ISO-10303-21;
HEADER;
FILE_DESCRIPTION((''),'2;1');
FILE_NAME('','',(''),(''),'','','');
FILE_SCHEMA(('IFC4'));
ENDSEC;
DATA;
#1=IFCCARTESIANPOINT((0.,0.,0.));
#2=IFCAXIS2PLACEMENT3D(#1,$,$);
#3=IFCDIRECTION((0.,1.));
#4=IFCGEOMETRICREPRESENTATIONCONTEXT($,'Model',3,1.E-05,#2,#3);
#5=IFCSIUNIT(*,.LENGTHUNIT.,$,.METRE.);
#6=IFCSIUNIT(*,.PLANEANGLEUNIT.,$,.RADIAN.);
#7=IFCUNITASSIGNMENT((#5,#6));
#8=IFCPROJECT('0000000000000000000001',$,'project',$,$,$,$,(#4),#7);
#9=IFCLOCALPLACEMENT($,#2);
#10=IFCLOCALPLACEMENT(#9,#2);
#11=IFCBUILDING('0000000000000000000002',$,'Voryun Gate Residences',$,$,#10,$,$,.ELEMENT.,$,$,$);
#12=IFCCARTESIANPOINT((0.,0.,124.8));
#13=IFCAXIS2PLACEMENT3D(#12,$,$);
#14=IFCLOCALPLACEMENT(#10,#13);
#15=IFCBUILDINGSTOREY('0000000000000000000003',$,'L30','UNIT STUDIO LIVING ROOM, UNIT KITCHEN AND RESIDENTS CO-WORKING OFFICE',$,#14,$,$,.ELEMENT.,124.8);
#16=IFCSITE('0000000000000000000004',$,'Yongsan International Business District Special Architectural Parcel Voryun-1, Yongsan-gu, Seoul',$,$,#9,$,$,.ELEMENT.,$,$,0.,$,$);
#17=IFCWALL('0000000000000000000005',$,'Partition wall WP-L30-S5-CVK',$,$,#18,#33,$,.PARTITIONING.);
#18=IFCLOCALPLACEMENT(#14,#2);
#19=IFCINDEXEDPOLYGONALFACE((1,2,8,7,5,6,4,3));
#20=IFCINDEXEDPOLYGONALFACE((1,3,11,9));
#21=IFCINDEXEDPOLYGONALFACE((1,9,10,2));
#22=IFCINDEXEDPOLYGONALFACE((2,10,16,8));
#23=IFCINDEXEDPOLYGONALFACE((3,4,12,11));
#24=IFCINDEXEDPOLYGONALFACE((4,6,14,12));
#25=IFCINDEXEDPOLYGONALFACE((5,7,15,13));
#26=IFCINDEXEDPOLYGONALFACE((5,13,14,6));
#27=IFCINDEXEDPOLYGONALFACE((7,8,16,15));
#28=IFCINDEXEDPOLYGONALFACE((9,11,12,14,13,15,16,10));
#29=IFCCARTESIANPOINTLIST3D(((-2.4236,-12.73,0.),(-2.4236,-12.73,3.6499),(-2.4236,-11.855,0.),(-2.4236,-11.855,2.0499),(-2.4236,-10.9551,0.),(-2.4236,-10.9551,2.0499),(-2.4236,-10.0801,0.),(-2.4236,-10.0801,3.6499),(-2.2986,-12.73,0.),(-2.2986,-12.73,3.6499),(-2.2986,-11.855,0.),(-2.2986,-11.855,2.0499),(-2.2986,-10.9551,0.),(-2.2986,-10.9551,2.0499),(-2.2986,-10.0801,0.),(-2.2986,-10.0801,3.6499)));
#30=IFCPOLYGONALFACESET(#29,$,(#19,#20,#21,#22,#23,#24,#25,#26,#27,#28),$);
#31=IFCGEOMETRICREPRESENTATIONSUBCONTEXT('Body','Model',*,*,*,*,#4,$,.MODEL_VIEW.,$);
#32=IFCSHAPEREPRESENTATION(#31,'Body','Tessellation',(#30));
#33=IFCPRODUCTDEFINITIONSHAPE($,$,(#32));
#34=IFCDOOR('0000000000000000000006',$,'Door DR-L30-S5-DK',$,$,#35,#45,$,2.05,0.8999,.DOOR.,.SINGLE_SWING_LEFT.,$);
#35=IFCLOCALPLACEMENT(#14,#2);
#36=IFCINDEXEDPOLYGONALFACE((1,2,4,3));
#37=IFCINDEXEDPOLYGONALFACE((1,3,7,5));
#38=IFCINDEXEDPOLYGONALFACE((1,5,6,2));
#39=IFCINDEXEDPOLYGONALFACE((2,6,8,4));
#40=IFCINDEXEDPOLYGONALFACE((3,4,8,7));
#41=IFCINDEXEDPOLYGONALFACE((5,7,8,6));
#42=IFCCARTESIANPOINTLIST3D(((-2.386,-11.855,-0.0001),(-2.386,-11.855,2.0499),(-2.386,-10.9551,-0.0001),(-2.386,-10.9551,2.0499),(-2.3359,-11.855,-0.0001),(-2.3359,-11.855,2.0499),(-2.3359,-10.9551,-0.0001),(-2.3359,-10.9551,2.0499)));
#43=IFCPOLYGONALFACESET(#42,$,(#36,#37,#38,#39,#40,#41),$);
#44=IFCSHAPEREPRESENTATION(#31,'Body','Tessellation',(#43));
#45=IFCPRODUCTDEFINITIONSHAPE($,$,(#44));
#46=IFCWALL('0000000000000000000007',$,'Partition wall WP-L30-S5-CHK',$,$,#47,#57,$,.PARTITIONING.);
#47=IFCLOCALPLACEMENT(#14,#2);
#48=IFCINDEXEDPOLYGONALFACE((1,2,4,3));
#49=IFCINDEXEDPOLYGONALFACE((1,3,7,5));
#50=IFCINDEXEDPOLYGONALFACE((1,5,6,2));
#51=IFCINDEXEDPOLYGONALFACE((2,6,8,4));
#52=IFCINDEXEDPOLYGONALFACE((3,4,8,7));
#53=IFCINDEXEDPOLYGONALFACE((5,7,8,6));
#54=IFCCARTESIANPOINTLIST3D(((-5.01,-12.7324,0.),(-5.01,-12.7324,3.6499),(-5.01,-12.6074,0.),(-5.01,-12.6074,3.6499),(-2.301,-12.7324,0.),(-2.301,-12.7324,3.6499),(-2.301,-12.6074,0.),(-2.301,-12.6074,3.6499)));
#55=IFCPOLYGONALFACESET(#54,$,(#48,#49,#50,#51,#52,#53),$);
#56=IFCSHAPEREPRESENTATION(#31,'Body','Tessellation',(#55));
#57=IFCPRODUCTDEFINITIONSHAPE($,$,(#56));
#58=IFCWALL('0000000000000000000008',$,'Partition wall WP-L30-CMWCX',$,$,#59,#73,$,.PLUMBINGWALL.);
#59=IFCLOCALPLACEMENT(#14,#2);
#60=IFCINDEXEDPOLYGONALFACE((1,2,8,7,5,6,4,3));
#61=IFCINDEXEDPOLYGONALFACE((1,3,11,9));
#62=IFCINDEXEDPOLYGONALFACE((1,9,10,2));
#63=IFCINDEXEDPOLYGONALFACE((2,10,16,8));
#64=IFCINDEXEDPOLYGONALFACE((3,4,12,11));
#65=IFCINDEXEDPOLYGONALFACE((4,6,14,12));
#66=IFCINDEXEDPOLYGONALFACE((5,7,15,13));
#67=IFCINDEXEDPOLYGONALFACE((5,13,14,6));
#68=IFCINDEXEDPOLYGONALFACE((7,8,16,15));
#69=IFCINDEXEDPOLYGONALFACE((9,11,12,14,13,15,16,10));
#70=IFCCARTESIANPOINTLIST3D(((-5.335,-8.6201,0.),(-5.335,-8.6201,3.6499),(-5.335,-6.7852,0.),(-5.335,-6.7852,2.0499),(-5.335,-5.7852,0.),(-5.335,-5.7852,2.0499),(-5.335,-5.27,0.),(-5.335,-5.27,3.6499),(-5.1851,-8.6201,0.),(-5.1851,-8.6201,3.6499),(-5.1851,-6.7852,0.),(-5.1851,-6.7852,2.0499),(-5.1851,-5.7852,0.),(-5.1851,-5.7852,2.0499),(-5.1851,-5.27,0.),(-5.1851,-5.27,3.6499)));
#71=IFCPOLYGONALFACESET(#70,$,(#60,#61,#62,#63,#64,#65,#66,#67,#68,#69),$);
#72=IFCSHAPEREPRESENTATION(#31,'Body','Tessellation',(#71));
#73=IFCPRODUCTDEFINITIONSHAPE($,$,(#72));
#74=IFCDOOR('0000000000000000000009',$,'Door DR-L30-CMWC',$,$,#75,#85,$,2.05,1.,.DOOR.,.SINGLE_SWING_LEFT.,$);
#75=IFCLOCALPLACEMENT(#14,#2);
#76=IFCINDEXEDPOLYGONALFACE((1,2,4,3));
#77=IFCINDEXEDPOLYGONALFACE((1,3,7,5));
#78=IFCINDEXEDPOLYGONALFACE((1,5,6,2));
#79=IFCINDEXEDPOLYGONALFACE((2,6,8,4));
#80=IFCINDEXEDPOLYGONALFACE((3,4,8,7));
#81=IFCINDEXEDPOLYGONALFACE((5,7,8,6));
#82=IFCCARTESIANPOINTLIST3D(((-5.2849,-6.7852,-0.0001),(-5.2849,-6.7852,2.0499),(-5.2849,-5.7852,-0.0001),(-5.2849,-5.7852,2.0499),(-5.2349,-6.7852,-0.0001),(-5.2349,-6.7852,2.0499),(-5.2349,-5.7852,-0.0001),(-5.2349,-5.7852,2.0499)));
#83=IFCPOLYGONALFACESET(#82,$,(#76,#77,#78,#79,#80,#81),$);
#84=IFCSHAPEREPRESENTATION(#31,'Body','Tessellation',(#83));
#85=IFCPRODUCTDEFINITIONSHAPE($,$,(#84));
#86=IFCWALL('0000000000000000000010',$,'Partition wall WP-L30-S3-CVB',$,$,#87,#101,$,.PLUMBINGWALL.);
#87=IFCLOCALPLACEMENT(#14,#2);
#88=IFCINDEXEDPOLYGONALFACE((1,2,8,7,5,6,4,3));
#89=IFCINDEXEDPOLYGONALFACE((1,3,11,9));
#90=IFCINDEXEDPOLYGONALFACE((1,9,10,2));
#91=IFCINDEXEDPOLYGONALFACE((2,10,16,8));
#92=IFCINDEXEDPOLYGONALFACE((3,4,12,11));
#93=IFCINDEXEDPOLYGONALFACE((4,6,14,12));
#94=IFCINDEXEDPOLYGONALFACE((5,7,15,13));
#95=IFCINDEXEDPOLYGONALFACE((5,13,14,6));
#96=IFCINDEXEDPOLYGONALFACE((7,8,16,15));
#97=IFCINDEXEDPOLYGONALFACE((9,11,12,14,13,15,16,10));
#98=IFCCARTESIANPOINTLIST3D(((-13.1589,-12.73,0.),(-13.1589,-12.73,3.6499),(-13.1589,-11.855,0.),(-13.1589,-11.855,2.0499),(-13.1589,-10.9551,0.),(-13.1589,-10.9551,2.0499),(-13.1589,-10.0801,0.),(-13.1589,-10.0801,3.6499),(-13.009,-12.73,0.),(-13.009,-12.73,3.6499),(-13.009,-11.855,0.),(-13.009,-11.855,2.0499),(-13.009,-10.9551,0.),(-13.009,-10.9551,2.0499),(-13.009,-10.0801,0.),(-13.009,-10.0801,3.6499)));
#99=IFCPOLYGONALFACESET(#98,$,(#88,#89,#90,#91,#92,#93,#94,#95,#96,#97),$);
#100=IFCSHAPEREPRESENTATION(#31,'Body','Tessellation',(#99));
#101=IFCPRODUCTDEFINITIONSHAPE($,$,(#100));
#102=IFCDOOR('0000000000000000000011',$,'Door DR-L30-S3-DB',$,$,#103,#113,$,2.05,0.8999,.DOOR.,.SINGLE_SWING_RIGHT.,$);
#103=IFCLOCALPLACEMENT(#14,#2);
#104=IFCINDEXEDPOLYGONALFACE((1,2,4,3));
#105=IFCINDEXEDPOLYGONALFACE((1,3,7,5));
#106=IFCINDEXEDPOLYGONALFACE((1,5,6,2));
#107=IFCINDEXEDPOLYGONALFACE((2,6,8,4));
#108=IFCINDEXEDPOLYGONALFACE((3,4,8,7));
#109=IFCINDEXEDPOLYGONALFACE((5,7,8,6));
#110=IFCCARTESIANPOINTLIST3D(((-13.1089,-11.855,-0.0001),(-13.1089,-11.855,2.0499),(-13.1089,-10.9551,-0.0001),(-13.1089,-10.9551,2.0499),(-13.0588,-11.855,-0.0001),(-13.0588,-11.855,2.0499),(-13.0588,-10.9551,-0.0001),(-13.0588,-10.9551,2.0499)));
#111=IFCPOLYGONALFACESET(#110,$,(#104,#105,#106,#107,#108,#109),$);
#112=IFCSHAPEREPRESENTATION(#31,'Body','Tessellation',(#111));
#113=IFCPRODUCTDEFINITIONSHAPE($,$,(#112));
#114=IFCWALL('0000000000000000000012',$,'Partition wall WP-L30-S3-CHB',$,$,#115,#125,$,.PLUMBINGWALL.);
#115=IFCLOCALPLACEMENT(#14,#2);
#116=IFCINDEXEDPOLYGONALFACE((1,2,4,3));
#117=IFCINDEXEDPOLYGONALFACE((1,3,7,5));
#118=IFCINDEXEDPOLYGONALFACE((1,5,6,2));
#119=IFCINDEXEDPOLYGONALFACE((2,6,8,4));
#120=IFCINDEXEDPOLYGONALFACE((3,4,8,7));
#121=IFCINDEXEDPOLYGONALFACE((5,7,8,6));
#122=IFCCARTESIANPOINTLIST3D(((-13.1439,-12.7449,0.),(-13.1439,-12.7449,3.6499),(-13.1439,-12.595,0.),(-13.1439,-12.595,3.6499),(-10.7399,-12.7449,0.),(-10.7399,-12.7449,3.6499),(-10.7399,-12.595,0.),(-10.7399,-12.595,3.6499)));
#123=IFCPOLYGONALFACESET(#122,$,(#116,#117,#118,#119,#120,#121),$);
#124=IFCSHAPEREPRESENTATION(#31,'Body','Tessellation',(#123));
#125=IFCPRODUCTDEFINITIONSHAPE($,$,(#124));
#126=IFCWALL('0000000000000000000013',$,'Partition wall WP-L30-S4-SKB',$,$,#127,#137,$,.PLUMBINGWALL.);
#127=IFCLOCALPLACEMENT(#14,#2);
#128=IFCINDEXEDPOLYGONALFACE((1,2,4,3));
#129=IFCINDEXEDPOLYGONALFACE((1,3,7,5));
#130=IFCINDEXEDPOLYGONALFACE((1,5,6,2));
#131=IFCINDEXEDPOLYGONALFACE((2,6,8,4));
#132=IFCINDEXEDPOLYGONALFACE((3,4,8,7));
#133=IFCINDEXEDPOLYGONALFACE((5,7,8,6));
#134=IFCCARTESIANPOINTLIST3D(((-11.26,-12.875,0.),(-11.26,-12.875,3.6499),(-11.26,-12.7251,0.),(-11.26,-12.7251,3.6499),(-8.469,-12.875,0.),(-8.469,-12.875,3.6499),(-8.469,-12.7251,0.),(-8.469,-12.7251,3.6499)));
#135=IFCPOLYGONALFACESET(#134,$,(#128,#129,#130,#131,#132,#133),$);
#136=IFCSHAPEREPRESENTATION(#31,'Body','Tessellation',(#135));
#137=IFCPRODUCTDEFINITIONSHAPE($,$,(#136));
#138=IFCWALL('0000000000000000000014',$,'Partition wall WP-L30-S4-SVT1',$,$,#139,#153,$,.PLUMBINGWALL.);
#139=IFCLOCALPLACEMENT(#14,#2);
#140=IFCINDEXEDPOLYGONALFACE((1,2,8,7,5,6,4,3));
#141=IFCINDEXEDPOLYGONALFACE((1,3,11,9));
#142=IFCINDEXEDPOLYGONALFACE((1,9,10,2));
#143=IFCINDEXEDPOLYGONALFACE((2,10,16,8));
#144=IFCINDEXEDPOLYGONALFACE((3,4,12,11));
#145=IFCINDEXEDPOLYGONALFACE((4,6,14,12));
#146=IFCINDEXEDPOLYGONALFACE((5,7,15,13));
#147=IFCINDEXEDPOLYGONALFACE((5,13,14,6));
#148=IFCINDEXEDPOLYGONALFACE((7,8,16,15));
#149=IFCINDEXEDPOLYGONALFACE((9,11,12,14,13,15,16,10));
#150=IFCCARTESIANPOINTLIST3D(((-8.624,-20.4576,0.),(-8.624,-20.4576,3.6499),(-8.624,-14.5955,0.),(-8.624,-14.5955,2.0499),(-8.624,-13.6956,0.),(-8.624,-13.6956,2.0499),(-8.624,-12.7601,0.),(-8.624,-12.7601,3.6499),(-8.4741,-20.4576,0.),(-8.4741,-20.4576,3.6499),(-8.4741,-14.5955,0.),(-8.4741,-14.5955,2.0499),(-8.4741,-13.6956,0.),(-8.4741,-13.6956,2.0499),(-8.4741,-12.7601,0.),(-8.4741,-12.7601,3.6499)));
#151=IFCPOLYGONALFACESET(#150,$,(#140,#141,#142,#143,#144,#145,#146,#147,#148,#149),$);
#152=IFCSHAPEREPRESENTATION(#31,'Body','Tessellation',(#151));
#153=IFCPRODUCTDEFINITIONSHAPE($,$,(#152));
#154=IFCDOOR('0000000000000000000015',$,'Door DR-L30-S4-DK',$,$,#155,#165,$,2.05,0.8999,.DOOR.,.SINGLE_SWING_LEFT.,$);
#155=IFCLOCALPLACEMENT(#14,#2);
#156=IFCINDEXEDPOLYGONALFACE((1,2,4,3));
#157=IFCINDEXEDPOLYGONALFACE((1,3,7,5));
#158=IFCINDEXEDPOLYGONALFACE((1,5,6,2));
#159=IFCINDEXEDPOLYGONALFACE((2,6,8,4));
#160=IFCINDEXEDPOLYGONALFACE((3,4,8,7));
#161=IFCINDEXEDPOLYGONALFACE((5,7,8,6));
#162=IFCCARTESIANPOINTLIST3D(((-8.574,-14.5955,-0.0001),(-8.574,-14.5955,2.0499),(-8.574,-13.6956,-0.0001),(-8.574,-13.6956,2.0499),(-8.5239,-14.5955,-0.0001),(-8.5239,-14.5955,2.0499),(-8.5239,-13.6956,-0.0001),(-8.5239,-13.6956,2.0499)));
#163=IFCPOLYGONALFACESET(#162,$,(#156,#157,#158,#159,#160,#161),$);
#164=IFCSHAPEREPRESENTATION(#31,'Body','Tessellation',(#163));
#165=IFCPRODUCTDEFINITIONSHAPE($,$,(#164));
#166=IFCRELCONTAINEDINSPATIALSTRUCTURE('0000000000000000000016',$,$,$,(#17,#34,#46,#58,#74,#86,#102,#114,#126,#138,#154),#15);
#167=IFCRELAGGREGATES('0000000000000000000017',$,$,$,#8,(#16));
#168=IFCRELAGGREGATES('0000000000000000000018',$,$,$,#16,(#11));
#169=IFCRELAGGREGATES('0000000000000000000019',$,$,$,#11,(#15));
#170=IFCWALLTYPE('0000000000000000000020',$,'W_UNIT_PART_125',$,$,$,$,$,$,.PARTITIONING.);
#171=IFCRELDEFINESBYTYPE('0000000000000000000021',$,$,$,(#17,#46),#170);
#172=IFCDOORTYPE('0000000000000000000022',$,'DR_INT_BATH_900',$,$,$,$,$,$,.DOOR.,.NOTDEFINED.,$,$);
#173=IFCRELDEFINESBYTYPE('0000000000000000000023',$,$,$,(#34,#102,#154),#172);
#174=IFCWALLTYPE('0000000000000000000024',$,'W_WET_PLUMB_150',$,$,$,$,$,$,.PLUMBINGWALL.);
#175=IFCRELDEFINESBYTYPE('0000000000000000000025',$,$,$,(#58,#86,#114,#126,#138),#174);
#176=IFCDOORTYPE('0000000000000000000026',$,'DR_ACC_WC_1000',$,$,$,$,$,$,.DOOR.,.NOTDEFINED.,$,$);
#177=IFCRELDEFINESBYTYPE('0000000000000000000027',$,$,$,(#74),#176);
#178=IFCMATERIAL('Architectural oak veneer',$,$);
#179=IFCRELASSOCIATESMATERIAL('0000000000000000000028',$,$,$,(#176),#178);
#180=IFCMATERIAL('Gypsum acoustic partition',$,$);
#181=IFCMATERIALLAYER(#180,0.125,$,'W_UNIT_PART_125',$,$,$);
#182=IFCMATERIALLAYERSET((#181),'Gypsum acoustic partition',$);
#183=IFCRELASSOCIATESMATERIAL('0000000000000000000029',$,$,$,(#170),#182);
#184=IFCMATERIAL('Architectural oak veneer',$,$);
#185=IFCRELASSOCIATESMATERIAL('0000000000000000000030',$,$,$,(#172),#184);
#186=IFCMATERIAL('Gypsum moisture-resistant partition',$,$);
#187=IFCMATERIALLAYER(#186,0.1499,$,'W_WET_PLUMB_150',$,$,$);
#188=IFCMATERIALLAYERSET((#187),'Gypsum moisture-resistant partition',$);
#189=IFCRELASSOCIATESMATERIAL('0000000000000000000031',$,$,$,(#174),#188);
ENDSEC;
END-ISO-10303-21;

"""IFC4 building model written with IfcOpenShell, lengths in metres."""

from ifc_helpers import new_model, si_unit, direction, frame, frame_2d, origin, place, context, subcontext, project, spatial, rectangle, extrude, material, layer, layer_set, type_object, element, fill, save


model = new_model("IFC4")

# Units and contexts
model_context = context("Model", 3, precision=1e-05, world=origin(), true_north=direction((0.0, 1.0)))
body_context = subcontext(model_context, "Body", "Model", "MODEL_VIEW")
ifc_project = project(units=[si_unit("LENGTHUNIT", "METRE"), si_unit("PLANEANGLEUNIT", "RADIAN")], contexts=[model_context])

# Site, building, storey
site_placement = place(None, origin())
site = spatial("IfcSite", under=ifc_project, at=site_placement, Name="Yongsan International Business District Special Architectural Parcel Voryun-1, Yongsan-gu, Seoul", CompositionType="ELEMENT", RefElevation=0.0)
building_placement = place(site_placement, origin())
building = spatial("IfcBuilding", under=site, at=building_placement, Name="Voryun Gate Residences", CompositionType="ELEMENT")
storey_placement = place(building_placement, frame((0.0, 0.0, 124.8)))
storey = spatial("IfcBuildingStorey", under=building, at=storey_placement, Name="L30", Description="UNIT STUDIO LIVING ROOM, UNIT KITCHEN AND RESIDENTS CO-WORKING OFFICE", CompositionType="ELEMENT", Elevation=124.8)

# Shared definitions
ifc_material_1 = material(Name="Architectural oak veneer")
door_type_1 = type_object("IfcDoorType", Name="DR_ACC_WC_1000", OperationType="NOTDEFINED", PredefinedType="DOOR", material=ifc_material_1)

# Wall, opening, door
ifc_material_2 = material(Name="Gypsum acoustic partition")
ifc_layer_1 = layer(ifc_material_2, 0.125, Name="W_UNIT_PART_125")
ifc_layer_set_1 = layer_set([ifc_layer_1], Name="Gypsum acoustic partition")
wall_type_1 = type_object("IfcWallType", Name="W_UNIT_PART_125", PredefinedType="PARTITIONING", material=ifc_layer_set_1)
ifc_material_3 = material(Name="Architectural oak veneer")
door_type_2 = type_object("IfcDoorType", Name="DR_INT_BATH_900", OperationType="NOTDEFINED", PredefinedType="DOOR", material=ifc_material_3)
wall_1_placement = place(storey_placement, frame((-2.3611, -12.73, 0.0), z_axis=(0.0, 0.0, 1.0), x_axis=(0.0, 1.0, 0.0)))
wall_1 = element("IfcWall", 1, at=wall_1_placement, inside=storey, type_object=wall_type_1, Name="Partition wall WP-L30-S5-CVK", PredefinedType="PARTITIONING", context=body_context, shape_type="SweptSolid", body=[
    extrude(rectangle(XDim=2.6499, YDim=0.125, at=frame_2d((1.325, 0.0))), origin(), (0.0, 0.0, 1.0), 3.6499),
])
opening_1_placement = place(wall_1_placement, frame((0.875, 0.0, 0.0)))
opening_1 = element("IfcOpeningElement", 2, at=opening_1_placement, cuts=wall_1, PredefinedType="OPENING", context=body_context, shape_type="SweptSolid", body=[
    extrude(rectangle(XDim=0.8999, YDim=2.05, at=frame_2d((0.45, 1.0249))), frame((0.0, 0.0725, 0.0), z_axis=(0.0, -1.0, 0.0), x_axis=(1.0, 0.0, 0.0)), (0.0, 0.0, 1.0), 0.145),
])
door_1_placement = place(opening_1_placement, origin())
door_1 = element("IfcDoor", 3, at=door_1_placement, inside=storey, type_object=door_type_2, Name="Door DR-L30-S5-DK", OperationType="SINGLE_SWING_LEFT", OverallHeight=2.05, OverallWidth=0.8999, PredefinedType="DOOR", context=body_context, shape_type="SweptSolid", body=[
    extrude(rectangle(XDim=0.8999, YDim=2.05, at=frame_2d((0.45, 1.0249))), frame((0.0, 0.0249, 0.0), z_axis=(0.0, -1.0, 0.0), x_axis=(1.0, 0.0, 0.0)), (0.0, 0.0, 1.0), 0.05),
])
fill(opening_1, door_1)

# Wall
wall_2_placement = place(storey_placement, frame((-5.01, -12.6699, 0.0), z_axis=(0.0, 0.0, 1.0), x_axis=(1.0, 0.0, 0.0)))
element("IfcWall", 4, at=wall_2_placement, inside=storey, type_object=wall_type_1, Name="Partition wall WP-L30-S5-CHK", PredefinedType="PARTITIONING", context=body_context, shape_type="SweptSolid", body=[
    extrude(rectangle(XDim=2.709, YDim=0.125, at=frame_2d((1.3545, 0.0))), origin(), (0.0, 0.0, 1.0), 3.6499),
])

# Walls, openings, doors
ifc_material_4 = material(Name="Gypsum moisture-resistant partition")
ifc_layer_2 = layer(ifc_material_4, 0.1499, Name="W_WET_PLUMB_150")
ifc_layer_set_2 = layer_set([ifc_layer_2], Name="Gypsum moisture-resistant partition")
wall_type_2 = type_object("IfcWallType", Name="W_WET_PLUMB_150", PredefinedType="PLUMBINGWALL", material=ifc_layer_set_2)
wall_3_placement = place(storey_placement, frame((-5.26, -8.6201, 0.0), z_axis=(0.0, 0.0, 1.0), x_axis=(0.0, 1.0, 0.0)))
wall_3 = element("IfcWall", 5, at=wall_3_placement, inside=storey, type_object=wall_type_2, Name="Partition wall WP-L30-CMWCX", PredefinedType="PLUMBINGWALL", context=body_context, shape_type="SweptSolid", body=[
    extrude(rectangle(XDim=3.3501, YDim=0.1499, at=frame_2d((1.675, 0.0))), origin(), (0.0, 0.0, 1.0), 3.6499),
])
opening_2_placement = place(wall_3_placement, frame((1.835, 0.0, 0.0)))
opening_2 = element("IfcOpeningElement", 6, at=opening_2_placement, cuts=wall_3, PredefinedType="OPENING", context=body_context, shape_type="SweptSolid", body=[
    extrude(rectangle(XDim=1.0, YDim=2.05, at=frame_2d((0.5, 1.0249))), frame((0.0, 0.085, 0.0), z_axis=(0.0, -1.0, 0.0), x_axis=(1.0, 0.0, 0.0)), (0.0, 0.0, 1.0), 0.1699),
])
door_2_placement = place(opening_2_placement, origin())
door_2 = element("IfcDoor", 7, at=door_2_placement, inside=storey, type_object=door_type_1, Name="Door DR-L30-CMWC", OperationType="SINGLE_SWING_LEFT", OverallHeight=2.05, OverallWidth=1.0, PredefinedType="DOOR", context=body_context, shape_type="SweptSolid", body=[
    extrude(rectangle(XDim=1.0, YDim=2.05, at=frame_2d((0.5, 1.0249))), frame((0.0, 0.0249, 0.0), z_axis=(0.0, -1.0, 0.0), x_axis=(1.0, 0.0, 0.0)), (0.0, 0.0, 1.0), 0.05),
])
fill(opening_2, door_2)
wall_4_placement = place(storey_placement, frame((-13.084, -12.73, 0.0), z_axis=(0.0, 0.0, 1.0), x_axis=(0.0, 1.0, 0.0)))
wall_4 = element("IfcWall", 8, at=wall_4_placement, inside=storey, type_object=wall_type_2, Name="Partition wall WP-L30-S3-CVB", PredefinedType="PLUMBINGWALL", context=body_context, shape_type="SweptSolid", body=[
    extrude(rectangle(XDim=2.6499, YDim=0.1499, at=frame_2d((1.325, 0.0))), origin(), (0.0, 0.0, 1.0), 3.6499),
])
opening_3_placement = place(wall_4_placement, frame((0.875, 0.0, 0.0)))
opening_3 = element("IfcOpeningElement", 9, at=opening_3_placement, cuts=wall_4, PredefinedType="OPENING", context=body_context, shape_type="SweptSolid", body=[
    extrude(rectangle(XDim=0.8999, YDim=2.05, at=frame_2d((0.45, 1.0249))), frame((0.0, 0.085, 0.0), z_axis=(0.0, -1.0, 0.0), x_axis=(1.0, 0.0, 0.0)), (0.0, 0.0, 1.0), 0.1699),
])
door_3_placement = place(opening_3_placement, origin())
door_3 = element("IfcDoor", 10, at=door_3_placement, inside=storey, type_object=door_type_2, Name="Door DR-L30-S3-DB", OperationType="SINGLE_SWING_RIGHT", OverallHeight=2.05, OverallWidth=0.8999, PredefinedType="DOOR", context=body_context, shape_type="SweptSolid", body=[
    extrude(rectangle(XDim=0.8999, YDim=2.05, at=frame_2d((0.45, 1.0249))), frame((0.0, 0.0249, 0.0), z_axis=(0.0, -1.0, 0.0), x_axis=(1.0, 0.0, 0.0)), (0.0, 0.0, 1.0), 0.05),
])
fill(opening_3, door_3)

# Walls
wall_5_placement = place(storey_placement, frame((-13.144, -12.6699, 0.0), z_axis=(0.0, 0.0, 1.0), x_axis=(1.0, 0.0, 0.0)))
element("IfcWall", 11, at=wall_5_placement, inside=storey, type_object=wall_type_2, Name="Partition wall WP-L30-S3-CHB", PredefinedType="PLUMBINGWALL", context=body_context, shape_type="SweptSolid", body=[
    extrude(rectangle(XDim=2.4041, YDim=0.1499, at=frame_2d((1.2021, 0.0))), origin(), (0.0, 0.0, 1.0), 3.6499),
])
wall_6_placement = place(storey_placement, frame((-11.26, -12.8, 0.0), z_axis=(0.0, 0.0, 1.0), x_axis=(1.0, 0.0, 0.0)))
element("IfcWall", 12, at=wall_6_placement, inside=storey, type_object=wall_type_2, Name="Partition wall WP-L30-S4-SKB", PredefinedType="PLUMBINGWALL", context=body_context, shape_type="SweptSolid", body=[
    extrude(rectangle(XDim=2.791, YDim=0.1499, at=frame_2d((1.3955, 0.0))), origin(), (0.0, 0.0, 1.0), 3.6499),
])

# Wall, opening, door
wall_7_placement = place(storey_placement, frame((-8.5491, -20.4575, 0.0), z_axis=(0.0, 0.0, 1.0), x_axis=(0.0, 1.0, 0.0)))
wall_7 = element("IfcWall", 13, at=wall_7_placement, inside=storey, type_object=wall_type_2, Name="Partition wall WP-L30-S4-SVT1", PredefinedType="PLUMBINGWALL", context=body_context, shape_type="SweptSolid", body=[
    extrude(rectangle(XDim=7.6975, YDim=0.1499, at=frame_2d((3.8486, 0.0))), origin(), (0.0, 0.0, 1.0), 3.6499),
])
opening_4_placement = place(wall_7_placement, frame((5.8621, 0.0, 0.0)))
opening_4 = element("IfcOpeningElement", 14, at=opening_4_placement, cuts=wall_7, PredefinedType="OPENING", context=body_context, shape_type="SweptSolid", body=[
    extrude(rectangle(XDim=0.8999, YDim=2.05, at=frame_2d((0.45, 1.0249))), frame((0.0, 0.085, 0.0), z_axis=(0.0, -1.0, 0.0), x_axis=(1.0, 0.0, 0.0)), (0.0, 0.0, 1.0), 0.1699),
])
door_4_placement = place(opening_4_placement, origin())
door_4 = element("IfcDoor", 15, at=door_4_placement, inside=storey, type_object=door_type_2, Name="Door DR-L30-S4-DK", OperationType="SINGLE_SWING_LEFT", OverallHeight=2.05, OverallWidth=0.8999, PredefinedType="DOOR", context=body_context, shape_type="SweptSolid", body=[
    extrude(rectangle(XDim=0.8999, YDim=2.05, at=frame_2d((0.45, 1.0249))), frame((0.0, 0.0249, 0.0), z_axis=(0.0, -1.0, 0.0), x_axis=(1.0, 0.0, 0.0)), (0.0, 0.0, 1.0), 0.05),
])
fill(opening_4, door_4)

save(model, "model.ifc")
